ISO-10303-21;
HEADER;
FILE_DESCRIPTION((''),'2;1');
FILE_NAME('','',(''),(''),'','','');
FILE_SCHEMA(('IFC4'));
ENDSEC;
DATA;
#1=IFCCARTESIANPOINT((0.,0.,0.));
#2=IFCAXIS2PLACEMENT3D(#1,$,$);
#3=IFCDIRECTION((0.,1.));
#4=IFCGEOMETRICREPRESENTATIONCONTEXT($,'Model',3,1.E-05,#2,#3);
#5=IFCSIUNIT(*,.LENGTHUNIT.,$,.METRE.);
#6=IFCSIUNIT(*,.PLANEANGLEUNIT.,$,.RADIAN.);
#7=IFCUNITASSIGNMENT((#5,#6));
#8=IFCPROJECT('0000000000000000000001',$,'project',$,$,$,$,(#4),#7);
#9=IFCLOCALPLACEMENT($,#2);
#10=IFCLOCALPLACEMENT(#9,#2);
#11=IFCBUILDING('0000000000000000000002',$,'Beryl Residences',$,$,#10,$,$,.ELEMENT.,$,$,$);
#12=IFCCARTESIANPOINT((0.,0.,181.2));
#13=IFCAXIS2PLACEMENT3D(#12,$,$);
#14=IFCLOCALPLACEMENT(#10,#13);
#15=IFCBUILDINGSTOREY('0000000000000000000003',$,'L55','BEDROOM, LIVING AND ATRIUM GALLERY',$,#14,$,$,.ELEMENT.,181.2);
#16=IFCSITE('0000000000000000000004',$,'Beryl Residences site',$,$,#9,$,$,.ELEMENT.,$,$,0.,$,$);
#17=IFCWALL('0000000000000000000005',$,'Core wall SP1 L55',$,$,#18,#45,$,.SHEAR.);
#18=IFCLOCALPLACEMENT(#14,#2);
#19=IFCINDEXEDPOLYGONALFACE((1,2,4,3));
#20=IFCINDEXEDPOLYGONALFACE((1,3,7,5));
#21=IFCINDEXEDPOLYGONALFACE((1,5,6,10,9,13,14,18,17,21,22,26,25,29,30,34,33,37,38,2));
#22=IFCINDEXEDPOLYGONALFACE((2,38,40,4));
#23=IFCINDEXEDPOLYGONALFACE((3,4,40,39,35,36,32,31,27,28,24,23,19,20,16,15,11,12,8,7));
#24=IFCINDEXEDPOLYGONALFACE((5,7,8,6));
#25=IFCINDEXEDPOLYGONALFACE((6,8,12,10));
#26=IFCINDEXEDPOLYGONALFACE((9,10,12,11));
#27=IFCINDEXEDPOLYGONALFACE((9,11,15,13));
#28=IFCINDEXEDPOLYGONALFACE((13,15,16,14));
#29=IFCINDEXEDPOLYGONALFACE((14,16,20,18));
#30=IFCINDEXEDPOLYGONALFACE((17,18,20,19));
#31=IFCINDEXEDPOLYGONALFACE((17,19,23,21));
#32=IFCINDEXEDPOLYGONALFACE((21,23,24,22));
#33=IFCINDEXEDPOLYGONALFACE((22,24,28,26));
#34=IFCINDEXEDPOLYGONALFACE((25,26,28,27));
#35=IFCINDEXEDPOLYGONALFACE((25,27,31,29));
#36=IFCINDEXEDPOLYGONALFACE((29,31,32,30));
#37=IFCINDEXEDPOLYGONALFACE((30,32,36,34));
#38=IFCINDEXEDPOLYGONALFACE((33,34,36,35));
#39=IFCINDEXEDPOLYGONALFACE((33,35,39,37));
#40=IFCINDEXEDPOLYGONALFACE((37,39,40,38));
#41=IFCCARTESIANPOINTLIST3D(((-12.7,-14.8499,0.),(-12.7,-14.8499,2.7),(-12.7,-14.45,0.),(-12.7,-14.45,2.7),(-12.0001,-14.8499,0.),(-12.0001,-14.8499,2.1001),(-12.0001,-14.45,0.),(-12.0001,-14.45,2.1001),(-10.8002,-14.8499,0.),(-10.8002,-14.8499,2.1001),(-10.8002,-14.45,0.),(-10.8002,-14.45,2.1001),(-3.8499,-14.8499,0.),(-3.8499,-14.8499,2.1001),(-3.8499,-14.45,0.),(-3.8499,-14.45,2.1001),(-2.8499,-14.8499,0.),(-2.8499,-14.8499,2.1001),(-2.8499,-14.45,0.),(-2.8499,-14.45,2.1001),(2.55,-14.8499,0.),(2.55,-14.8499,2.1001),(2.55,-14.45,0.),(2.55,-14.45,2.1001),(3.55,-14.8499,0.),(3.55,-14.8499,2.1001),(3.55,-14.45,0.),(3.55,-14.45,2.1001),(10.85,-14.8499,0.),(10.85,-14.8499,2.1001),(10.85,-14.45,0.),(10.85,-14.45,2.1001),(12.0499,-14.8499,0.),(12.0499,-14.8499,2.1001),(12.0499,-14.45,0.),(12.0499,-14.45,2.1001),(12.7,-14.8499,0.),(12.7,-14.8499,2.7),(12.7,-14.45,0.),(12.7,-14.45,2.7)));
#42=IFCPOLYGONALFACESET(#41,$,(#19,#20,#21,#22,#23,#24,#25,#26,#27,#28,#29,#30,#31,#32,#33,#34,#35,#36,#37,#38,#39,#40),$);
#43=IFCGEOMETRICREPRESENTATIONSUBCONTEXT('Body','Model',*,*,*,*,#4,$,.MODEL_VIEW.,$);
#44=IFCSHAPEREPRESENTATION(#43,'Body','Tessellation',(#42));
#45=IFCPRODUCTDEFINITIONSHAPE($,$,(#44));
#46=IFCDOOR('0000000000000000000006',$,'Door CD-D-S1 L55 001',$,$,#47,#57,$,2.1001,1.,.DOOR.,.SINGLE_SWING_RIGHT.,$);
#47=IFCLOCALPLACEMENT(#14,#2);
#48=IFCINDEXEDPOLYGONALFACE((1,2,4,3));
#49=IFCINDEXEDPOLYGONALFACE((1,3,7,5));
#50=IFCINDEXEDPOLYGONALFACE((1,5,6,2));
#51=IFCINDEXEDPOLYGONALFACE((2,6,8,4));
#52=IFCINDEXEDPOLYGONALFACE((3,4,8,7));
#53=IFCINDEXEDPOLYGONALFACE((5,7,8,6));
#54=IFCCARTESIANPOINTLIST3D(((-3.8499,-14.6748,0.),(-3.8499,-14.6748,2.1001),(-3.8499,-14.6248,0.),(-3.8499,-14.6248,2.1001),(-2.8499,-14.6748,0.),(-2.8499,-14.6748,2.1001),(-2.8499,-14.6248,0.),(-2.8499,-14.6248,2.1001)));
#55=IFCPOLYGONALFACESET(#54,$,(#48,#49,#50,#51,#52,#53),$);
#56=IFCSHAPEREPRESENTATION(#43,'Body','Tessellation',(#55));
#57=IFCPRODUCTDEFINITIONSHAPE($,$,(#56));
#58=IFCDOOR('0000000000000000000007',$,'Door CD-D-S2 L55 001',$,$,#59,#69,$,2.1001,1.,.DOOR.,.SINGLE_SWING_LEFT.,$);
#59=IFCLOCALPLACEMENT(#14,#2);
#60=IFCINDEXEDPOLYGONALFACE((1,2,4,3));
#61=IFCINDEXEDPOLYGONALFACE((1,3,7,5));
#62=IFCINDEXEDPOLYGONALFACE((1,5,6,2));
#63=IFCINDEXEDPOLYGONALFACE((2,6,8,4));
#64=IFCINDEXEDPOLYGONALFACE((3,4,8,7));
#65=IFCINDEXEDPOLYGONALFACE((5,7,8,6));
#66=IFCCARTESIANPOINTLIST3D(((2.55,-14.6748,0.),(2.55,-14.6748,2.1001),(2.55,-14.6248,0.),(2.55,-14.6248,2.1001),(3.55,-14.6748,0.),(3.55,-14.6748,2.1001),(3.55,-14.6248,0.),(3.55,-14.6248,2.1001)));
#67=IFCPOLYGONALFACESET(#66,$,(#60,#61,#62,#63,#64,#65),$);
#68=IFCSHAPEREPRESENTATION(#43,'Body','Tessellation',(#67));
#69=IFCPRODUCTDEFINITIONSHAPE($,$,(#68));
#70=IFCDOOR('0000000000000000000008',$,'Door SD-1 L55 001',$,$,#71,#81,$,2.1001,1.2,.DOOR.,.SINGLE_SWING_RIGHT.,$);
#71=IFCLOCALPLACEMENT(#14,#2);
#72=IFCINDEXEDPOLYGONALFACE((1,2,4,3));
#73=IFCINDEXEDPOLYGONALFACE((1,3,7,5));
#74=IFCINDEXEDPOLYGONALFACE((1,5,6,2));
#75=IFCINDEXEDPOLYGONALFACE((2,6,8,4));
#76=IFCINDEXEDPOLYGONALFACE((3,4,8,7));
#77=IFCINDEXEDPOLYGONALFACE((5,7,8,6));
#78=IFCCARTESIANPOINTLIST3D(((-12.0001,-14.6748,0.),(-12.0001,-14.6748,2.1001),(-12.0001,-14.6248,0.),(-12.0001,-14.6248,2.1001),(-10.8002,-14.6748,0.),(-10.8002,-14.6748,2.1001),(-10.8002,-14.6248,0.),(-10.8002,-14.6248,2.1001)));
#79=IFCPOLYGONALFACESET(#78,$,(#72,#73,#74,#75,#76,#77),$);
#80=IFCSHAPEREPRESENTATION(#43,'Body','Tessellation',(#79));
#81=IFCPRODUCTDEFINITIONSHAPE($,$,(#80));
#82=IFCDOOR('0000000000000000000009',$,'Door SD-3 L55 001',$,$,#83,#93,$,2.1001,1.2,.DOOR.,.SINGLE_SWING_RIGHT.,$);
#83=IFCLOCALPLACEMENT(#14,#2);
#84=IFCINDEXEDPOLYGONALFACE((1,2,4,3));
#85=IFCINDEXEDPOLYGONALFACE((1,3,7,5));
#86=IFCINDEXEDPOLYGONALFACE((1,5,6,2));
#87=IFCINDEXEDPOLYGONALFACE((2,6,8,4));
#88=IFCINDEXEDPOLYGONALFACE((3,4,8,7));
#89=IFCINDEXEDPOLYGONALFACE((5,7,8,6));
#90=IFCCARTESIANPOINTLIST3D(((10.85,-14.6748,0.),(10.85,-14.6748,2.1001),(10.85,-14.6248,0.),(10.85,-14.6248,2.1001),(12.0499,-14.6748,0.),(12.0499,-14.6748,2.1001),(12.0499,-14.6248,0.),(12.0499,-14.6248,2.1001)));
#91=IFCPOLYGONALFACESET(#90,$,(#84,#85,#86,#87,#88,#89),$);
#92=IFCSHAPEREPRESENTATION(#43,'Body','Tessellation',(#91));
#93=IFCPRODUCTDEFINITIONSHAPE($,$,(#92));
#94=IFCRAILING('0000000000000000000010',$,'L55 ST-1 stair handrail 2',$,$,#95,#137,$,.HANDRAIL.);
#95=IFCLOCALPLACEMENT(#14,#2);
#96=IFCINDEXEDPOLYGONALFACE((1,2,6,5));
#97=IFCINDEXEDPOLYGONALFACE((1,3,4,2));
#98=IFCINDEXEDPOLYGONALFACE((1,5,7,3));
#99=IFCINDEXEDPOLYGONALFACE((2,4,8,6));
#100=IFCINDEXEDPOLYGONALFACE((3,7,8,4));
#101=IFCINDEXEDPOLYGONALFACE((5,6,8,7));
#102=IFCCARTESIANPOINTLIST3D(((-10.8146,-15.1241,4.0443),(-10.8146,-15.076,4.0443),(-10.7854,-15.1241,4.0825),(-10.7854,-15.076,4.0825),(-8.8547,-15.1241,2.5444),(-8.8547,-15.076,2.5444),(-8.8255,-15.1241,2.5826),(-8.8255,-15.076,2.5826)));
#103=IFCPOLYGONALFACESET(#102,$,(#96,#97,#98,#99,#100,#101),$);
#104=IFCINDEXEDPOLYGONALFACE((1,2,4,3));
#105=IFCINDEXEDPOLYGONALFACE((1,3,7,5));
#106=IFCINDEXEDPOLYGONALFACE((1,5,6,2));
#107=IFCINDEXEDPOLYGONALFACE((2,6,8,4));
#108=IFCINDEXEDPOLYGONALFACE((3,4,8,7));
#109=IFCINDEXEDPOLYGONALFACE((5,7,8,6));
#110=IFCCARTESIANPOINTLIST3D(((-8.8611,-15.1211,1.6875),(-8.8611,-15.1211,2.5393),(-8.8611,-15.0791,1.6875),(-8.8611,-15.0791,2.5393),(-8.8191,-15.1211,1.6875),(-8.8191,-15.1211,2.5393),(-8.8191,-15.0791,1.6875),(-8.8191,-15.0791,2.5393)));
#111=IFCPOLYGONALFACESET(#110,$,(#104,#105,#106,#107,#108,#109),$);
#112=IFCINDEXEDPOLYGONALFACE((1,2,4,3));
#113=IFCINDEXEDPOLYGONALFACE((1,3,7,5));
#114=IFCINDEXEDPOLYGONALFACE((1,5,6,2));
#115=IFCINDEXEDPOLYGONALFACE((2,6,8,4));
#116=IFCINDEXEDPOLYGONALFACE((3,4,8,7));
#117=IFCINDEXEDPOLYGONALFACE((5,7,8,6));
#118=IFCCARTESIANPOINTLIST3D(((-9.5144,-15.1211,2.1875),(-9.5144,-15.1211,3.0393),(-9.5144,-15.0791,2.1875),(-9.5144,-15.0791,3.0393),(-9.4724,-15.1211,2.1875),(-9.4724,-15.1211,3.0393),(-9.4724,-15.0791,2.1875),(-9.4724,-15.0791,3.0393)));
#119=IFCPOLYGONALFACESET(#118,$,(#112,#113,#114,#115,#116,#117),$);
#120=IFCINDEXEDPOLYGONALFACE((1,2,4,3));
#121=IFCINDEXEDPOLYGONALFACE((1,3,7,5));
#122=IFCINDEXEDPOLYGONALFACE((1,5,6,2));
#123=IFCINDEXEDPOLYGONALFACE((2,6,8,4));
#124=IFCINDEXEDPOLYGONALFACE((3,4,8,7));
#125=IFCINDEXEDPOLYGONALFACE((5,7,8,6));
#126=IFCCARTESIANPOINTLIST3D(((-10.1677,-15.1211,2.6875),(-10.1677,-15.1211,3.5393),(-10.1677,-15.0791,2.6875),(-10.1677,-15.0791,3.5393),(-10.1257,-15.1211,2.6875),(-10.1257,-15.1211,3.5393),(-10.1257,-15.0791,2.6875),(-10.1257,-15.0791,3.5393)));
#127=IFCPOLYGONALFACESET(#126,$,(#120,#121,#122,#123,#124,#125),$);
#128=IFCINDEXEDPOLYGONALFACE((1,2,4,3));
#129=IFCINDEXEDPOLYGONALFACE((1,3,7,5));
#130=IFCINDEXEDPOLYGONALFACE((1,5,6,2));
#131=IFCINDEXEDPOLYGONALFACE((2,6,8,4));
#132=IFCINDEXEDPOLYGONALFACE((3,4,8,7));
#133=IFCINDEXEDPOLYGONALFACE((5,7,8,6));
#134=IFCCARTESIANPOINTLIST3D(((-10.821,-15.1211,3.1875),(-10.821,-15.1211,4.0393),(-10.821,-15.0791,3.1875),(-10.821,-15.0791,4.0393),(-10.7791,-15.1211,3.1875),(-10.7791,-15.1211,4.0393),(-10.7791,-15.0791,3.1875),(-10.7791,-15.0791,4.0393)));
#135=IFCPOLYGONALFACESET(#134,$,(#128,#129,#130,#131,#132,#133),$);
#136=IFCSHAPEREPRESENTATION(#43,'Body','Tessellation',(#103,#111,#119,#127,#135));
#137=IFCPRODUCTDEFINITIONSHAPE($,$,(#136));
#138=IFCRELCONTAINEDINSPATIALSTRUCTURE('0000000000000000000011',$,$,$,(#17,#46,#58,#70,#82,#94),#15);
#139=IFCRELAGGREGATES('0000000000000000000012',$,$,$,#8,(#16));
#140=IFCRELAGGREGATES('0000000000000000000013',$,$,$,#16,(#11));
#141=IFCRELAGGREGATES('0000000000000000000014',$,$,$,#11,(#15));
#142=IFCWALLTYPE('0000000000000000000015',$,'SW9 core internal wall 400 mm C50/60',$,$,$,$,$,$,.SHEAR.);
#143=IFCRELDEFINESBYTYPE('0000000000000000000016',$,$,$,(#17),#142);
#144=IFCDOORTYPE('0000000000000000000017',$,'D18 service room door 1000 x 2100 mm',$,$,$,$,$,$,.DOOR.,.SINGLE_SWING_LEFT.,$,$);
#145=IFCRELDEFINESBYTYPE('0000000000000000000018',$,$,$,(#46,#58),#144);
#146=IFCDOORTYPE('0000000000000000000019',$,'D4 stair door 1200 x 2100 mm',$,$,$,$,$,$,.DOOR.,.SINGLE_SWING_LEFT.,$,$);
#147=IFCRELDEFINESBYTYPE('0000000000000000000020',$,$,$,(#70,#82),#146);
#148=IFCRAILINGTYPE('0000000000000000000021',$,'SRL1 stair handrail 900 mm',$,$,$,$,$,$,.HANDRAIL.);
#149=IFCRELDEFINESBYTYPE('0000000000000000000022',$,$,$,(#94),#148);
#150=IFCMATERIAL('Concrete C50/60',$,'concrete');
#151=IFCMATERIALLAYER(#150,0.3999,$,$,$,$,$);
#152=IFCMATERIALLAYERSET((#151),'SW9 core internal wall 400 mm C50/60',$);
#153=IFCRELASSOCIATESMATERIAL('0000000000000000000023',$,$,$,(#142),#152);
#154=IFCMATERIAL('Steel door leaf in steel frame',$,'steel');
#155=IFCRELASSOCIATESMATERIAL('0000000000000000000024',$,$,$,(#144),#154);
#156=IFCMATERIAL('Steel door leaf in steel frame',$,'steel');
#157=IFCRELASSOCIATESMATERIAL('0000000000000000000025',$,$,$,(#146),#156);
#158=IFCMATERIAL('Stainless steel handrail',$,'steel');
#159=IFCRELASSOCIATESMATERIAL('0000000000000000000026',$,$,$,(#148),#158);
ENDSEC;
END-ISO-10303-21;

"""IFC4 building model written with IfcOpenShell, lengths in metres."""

from ifc_helpers import new_model, si_unit, direction, frame, frame_2d, origin, origin_2d, place, context, subcontext, project, spatial, rectangle, extrude, material, layer, layer_set, type_object, element, fill, save


model = new_model("IFC4")

# Units and contexts
model_context = context("Model", 3, precision=1e-05, world=origin(), true_north=direction((0.0, 1.0)))
body_context = subcontext(model_context, "Body", "Model", "MODEL_VIEW")
ifc_project = project(units=[si_unit("LENGTHUNIT", "METRE"), si_unit("PLANEANGLEUNIT", "RADIAN")], contexts=[model_context])

# Site, building, storey
site_placement = place(None, origin())
site = spatial("IfcSite", under=ifc_project, at=site_placement, Name="Beryl Residences site", CompositionType="ELEMENT", RefElevation=0.0)
building_placement = place(site_placement, origin())
building = spatial("IfcBuilding", under=site, at=building_placement, Name="Beryl Residences", CompositionType="ELEMENT")
storey_placement = place(building_placement, frame((0.0, 0.0, 181.2)))
storey = spatial("IfcBuildingStorey", under=building, at=storey_placement, Name="L55", Description="BEDROOM, LIVING AND ATRIUM GALLERY", CompositionType="ELEMENT", Elevation=181.2)

# Wall, openings, doors
ifc_material_1 = material(Name="Concrete C50/60", Category="concrete")
ifc_layer_1 = layer(ifc_material_1, 0.3999)
ifc_layer_set_1 = layer_set([ifc_layer_1], Name="SW9 core internal wall 400 mm C50/60")
wall_type_1 = type_object("IfcWallType", Name="SW9 core internal wall 400 mm C50/60", PredefinedType="SHEAR", material=ifc_layer_set_1)
wall_1_placement = place(storey_placement, frame((-12.7, -14.6499, 0.0), z_axis=(0.0, 0.0, 1.0), x_axis=(1.0, 0.0, 0.0)))
wall_1 = element("IfcWall", 1, at=wall_1_placement, inside=storey, type_object=wall_type_1, Name="Core wall SP1 L55", PredefinedType="SHEAR", context=body_context, shape_type="SweptSolid", body=[
    extrude(rectangle(XDim=25.3999, YDim=0.3999, at=frame_2d((12.7, 0.0))), origin(), (0.0, 0.0, 1.0), 2.7),
])
opening_1_placement = place(wall_1_placement, frame((1.8999, 0.0, 0.0), z_axis=(0.0, 0.0, 1.0), x_axis=(-1.0, 0.0, 0.0)))
opening_1 = element("IfcOpeningElement", 2, at=opening_1_placement, cuts=wall_1, PredefinedType="OPENING", context=body_context, shape_type="SweptSolid", body=[
    extrude(rectangle(XDim=1.2, YDim=2.1001, at=frame_2d((0.6001, 1.05))), frame((0.0, 0.21, 0.0), z_axis=(0.0, -1.0, 0.0), x_axis=(1.0, 0.0, 0.0)), (0.0, 0.0, 1.0), 0.4199),
])
opening_2_placement = place(wall_1_placement, frame((24.75, 0.0, 0.0), z_axis=(0.0, 0.0, 1.0), x_axis=(-1.0, 0.0, 0.0)))
opening_2 = element("IfcOpeningElement", 3, at=opening_2_placement, cuts=wall_1, PredefinedType="OPENING", context=body_context, shape_type="SweptSolid", body=[
    extrude(rectangle(XDim=1.2, YDim=2.1001, at=frame_2d((0.6001, 1.05))), frame((0.0, 0.21, 0.0), z_axis=(0.0, -1.0, 0.0), x_axis=(1.0, 0.0, 0.0)), (0.0, 0.0, 1.0), 0.4199),
])
opening_3_placement = place(wall_1_placement, frame((9.8501, 0.0, 0.0), z_axis=(0.0, 0.0, 1.0), x_axis=(-1.0, 0.0, 0.0)))
opening_3 = element("IfcOpeningElement", 4, at=opening_3_placement, cuts=wall_1, PredefinedType="OPENING", context=body_context, shape_type="SweptSolid", body=[
    extrude(rectangle(XDim=1.0, YDim=2.1001, at=frame_2d((0.5, 1.05))), frame((0.0, 0.21, 0.0), z_axis=(0.0, -1.0, 0.0), x_axis=(1.0, 0.0, 0.0)), (0.0, 0.0, 1.0), 0.4199),
])
opening_4_placement = place(wall_1_placement, frame((16.25, 0.0, 0.0), z_axis=(0.0, 0.0, 1.0), x_axis=(-1.0, 0.0, 0.0)))
opening_4 = element("IfcOpeningElement", 5, at=opening_4_placement, cuts=wall_1, PredefinedType="OPENING", context=body_context, shape_type="SweptSolid", body=[
    extrude(rectangle(XDim=1.0, YDim=2.1001, at=frame_2d((0.5, 1.05))), frame((0.0, 0.21, 0.0), z_axis=(0.0, -1.0, 0.0), x_axis=(1.0, 0.0, 0.0)), (0.0, 0.0, 1.0), 0.4199),
])
ifc_material_2 = material(Name="Steel door leaf in steel frame", Category="steel")
door_type_1 = type_object("IfcDoorType", Name="D18 service room door 1000 x 2100 mm", OperationType="SINGLE_SWING_LEFT", PredefinedType="DOOR", material=ifc_material_2)
door_1_placement = place(opening_3_placement, origin())
door_1 = element("IfcDoor", 6, at=door_1_placement, inside=storey, type_object=door_type_1, Name="Door CD-D-S1 L55 001", OperationType="SINGLE_SWING_RIGHT", OverallHeight=2.1001, OverallWidth=1.0, PredefinedType="DOOR", context=body_context, shape_type="SweptSolid", body=[
    extrude(rectangle(XDim=1.0, YDim=2.1001, at=frame_2d((0.5, 1.05))), frame((0.0, 0.0249, 0.0), z_axis=(0.0, -1.0, 0.0), x_axis=(1.0, 0.0, 0.0)), (0.0, 0.0, 1.0), 0.05),
])
fill(opening_3, door_1)
door_2_placement = place(opening_4_placement, origin())
door_2 = element("IfcDoor", 7, at=door_2_placement, inside=storey, type_object=door_type_1, Name="Door CD-D-S2 L55 001", OperationType="SINGLE_SWING_LEFT", OverallHeight=2.1001, OverallWidth=1.0, PredefinedType="DOOR", context=body_context, shape_type="SweptSolid", body=[
    extrude(rectangle(XDim=1.0, YDim=2.1001, at=frame_2d((0.5, 1.05))), frame((0.0, 0.0249, 0.0), z_axis=(0.0, -1.0, 0.0), x_axis=(1.0, 0.0, 0.0)), (0.0, 0.0, 1.0), 0.05),
])
fill(opening_4, door_2)
ifc_material_3 = material(Name="Steel door leaf in steel frame", Category="steel")
door_type_2 = type_object("IfcDoorType", Name="D4 stair door 1200 x 2100 mm", OperationType="SINGLE_SWING_LEFT", PredefinedType="DOOR", material=ifc_material_3)
door_3_placement = place(opening_1_placement, origin())
door_3 = element("IfcDoor", 8, at=door_3_placement, inside=storey, type_object=door_type_2, Name="Door SD-1 L55 001", OperationType="SINGLE_SWING_RIGHT", OverallHeight=2.1001, OverallWidth=1.2, PredefinedType="DOOR", context=body_context, shape_type="SweptSolid", body=[
    extrude(rectangle(XDim=1.2, YDim=2.1001, at=frame_2d((0.6001, 1.05))), frame((0.0, 0.0249, 0.0), z_axis=(0.0, -1.0, 0.0), x_axis=(1.0, 0.0, 0.0)), (0.0, 0.0, 1.0), 0.05),
])
fill(opening_1, door_3)
door_4_placement = place(opening_2_placement, origin())
door_4 = element("IfcDoor", 9, at=door_4_placement, inside=storey, type_object=door_type_2, Name="Door SD-3 L55 001", OperationType="SINGLE_SWING_RIGHT", OverallHeight=2.1001, OverallWidth=1.2, PredefinedType="DOOR", context=body_context, shape_type="SweptSolid", body=[
    extrude(rectangle(XDim=1.2, YDim=2.1001, at=frame_2d((0.6001, 1.05))), frame((0.0, 0.0249, 0.0), z_axis=(0.0, -1.0, 0.0), x_axis=(1.0, 0.0, 0.0)), (0.0, 0.0, 1.0), 0.05),
])
fill(opening_2, door_4)

# Railing
ifc_material_4 = material(Name="Stainless steel handrail", Category="steel")
railing_type = type_object("IfcRailingType", Name="SRL1 stair handrail 900 mm", PredefinedType="HANDRAIL", material=ifc_material_4)
railing_placement = place(storey_placement, frame((-8.8401, -15.1001, 1.6875)))
element("IfcRailing", 10, at=railing_placement, inside=storey, type_object=railing_type, Name="L55 ST-1 stair handrail 2", PredefinedType="HANDRAIL", context=body_context, shape_type="SweptSolid", body=[
    extrude(rectangle(XDim=0.0481, YDim=0.0481, at=origin_2d()), frame((0.0, 0.0, 0.876), z_axis=(-0.794122, 0.0, 0.607758), x_axis=(0.0, -1.0, 0.0)), (0.0, 0.0, 1.0), 2.468),
    extrude(rectangle(XDim=0.042, YDim=0.042, at=origin_2d()), origin(), (0.0, 0.0, 1.0), 0.8518),
    extrude(rectangle(XDim=0.042, YDim=0.042, at=origin_2d()), frame((-0.6533, 0.0, 0.5)), (0.0, 0.0, 1.0), 0.8518),
    extrude(rectangle(XDim=0.042, YDim=0.042, at=origin_2d()), frame((-1.3066, 0.0, 1.0)), (0.0, 0.0, 1.0), 0.8518),
    extrude(rectangle(XDim=0.042, YDim=0.042, at=origin_2d()), frame((-1.96, 0.0, 1.5)), (0.0, 0.0, 1.0), 0.8518),
])

save(model, "model.ifc")
